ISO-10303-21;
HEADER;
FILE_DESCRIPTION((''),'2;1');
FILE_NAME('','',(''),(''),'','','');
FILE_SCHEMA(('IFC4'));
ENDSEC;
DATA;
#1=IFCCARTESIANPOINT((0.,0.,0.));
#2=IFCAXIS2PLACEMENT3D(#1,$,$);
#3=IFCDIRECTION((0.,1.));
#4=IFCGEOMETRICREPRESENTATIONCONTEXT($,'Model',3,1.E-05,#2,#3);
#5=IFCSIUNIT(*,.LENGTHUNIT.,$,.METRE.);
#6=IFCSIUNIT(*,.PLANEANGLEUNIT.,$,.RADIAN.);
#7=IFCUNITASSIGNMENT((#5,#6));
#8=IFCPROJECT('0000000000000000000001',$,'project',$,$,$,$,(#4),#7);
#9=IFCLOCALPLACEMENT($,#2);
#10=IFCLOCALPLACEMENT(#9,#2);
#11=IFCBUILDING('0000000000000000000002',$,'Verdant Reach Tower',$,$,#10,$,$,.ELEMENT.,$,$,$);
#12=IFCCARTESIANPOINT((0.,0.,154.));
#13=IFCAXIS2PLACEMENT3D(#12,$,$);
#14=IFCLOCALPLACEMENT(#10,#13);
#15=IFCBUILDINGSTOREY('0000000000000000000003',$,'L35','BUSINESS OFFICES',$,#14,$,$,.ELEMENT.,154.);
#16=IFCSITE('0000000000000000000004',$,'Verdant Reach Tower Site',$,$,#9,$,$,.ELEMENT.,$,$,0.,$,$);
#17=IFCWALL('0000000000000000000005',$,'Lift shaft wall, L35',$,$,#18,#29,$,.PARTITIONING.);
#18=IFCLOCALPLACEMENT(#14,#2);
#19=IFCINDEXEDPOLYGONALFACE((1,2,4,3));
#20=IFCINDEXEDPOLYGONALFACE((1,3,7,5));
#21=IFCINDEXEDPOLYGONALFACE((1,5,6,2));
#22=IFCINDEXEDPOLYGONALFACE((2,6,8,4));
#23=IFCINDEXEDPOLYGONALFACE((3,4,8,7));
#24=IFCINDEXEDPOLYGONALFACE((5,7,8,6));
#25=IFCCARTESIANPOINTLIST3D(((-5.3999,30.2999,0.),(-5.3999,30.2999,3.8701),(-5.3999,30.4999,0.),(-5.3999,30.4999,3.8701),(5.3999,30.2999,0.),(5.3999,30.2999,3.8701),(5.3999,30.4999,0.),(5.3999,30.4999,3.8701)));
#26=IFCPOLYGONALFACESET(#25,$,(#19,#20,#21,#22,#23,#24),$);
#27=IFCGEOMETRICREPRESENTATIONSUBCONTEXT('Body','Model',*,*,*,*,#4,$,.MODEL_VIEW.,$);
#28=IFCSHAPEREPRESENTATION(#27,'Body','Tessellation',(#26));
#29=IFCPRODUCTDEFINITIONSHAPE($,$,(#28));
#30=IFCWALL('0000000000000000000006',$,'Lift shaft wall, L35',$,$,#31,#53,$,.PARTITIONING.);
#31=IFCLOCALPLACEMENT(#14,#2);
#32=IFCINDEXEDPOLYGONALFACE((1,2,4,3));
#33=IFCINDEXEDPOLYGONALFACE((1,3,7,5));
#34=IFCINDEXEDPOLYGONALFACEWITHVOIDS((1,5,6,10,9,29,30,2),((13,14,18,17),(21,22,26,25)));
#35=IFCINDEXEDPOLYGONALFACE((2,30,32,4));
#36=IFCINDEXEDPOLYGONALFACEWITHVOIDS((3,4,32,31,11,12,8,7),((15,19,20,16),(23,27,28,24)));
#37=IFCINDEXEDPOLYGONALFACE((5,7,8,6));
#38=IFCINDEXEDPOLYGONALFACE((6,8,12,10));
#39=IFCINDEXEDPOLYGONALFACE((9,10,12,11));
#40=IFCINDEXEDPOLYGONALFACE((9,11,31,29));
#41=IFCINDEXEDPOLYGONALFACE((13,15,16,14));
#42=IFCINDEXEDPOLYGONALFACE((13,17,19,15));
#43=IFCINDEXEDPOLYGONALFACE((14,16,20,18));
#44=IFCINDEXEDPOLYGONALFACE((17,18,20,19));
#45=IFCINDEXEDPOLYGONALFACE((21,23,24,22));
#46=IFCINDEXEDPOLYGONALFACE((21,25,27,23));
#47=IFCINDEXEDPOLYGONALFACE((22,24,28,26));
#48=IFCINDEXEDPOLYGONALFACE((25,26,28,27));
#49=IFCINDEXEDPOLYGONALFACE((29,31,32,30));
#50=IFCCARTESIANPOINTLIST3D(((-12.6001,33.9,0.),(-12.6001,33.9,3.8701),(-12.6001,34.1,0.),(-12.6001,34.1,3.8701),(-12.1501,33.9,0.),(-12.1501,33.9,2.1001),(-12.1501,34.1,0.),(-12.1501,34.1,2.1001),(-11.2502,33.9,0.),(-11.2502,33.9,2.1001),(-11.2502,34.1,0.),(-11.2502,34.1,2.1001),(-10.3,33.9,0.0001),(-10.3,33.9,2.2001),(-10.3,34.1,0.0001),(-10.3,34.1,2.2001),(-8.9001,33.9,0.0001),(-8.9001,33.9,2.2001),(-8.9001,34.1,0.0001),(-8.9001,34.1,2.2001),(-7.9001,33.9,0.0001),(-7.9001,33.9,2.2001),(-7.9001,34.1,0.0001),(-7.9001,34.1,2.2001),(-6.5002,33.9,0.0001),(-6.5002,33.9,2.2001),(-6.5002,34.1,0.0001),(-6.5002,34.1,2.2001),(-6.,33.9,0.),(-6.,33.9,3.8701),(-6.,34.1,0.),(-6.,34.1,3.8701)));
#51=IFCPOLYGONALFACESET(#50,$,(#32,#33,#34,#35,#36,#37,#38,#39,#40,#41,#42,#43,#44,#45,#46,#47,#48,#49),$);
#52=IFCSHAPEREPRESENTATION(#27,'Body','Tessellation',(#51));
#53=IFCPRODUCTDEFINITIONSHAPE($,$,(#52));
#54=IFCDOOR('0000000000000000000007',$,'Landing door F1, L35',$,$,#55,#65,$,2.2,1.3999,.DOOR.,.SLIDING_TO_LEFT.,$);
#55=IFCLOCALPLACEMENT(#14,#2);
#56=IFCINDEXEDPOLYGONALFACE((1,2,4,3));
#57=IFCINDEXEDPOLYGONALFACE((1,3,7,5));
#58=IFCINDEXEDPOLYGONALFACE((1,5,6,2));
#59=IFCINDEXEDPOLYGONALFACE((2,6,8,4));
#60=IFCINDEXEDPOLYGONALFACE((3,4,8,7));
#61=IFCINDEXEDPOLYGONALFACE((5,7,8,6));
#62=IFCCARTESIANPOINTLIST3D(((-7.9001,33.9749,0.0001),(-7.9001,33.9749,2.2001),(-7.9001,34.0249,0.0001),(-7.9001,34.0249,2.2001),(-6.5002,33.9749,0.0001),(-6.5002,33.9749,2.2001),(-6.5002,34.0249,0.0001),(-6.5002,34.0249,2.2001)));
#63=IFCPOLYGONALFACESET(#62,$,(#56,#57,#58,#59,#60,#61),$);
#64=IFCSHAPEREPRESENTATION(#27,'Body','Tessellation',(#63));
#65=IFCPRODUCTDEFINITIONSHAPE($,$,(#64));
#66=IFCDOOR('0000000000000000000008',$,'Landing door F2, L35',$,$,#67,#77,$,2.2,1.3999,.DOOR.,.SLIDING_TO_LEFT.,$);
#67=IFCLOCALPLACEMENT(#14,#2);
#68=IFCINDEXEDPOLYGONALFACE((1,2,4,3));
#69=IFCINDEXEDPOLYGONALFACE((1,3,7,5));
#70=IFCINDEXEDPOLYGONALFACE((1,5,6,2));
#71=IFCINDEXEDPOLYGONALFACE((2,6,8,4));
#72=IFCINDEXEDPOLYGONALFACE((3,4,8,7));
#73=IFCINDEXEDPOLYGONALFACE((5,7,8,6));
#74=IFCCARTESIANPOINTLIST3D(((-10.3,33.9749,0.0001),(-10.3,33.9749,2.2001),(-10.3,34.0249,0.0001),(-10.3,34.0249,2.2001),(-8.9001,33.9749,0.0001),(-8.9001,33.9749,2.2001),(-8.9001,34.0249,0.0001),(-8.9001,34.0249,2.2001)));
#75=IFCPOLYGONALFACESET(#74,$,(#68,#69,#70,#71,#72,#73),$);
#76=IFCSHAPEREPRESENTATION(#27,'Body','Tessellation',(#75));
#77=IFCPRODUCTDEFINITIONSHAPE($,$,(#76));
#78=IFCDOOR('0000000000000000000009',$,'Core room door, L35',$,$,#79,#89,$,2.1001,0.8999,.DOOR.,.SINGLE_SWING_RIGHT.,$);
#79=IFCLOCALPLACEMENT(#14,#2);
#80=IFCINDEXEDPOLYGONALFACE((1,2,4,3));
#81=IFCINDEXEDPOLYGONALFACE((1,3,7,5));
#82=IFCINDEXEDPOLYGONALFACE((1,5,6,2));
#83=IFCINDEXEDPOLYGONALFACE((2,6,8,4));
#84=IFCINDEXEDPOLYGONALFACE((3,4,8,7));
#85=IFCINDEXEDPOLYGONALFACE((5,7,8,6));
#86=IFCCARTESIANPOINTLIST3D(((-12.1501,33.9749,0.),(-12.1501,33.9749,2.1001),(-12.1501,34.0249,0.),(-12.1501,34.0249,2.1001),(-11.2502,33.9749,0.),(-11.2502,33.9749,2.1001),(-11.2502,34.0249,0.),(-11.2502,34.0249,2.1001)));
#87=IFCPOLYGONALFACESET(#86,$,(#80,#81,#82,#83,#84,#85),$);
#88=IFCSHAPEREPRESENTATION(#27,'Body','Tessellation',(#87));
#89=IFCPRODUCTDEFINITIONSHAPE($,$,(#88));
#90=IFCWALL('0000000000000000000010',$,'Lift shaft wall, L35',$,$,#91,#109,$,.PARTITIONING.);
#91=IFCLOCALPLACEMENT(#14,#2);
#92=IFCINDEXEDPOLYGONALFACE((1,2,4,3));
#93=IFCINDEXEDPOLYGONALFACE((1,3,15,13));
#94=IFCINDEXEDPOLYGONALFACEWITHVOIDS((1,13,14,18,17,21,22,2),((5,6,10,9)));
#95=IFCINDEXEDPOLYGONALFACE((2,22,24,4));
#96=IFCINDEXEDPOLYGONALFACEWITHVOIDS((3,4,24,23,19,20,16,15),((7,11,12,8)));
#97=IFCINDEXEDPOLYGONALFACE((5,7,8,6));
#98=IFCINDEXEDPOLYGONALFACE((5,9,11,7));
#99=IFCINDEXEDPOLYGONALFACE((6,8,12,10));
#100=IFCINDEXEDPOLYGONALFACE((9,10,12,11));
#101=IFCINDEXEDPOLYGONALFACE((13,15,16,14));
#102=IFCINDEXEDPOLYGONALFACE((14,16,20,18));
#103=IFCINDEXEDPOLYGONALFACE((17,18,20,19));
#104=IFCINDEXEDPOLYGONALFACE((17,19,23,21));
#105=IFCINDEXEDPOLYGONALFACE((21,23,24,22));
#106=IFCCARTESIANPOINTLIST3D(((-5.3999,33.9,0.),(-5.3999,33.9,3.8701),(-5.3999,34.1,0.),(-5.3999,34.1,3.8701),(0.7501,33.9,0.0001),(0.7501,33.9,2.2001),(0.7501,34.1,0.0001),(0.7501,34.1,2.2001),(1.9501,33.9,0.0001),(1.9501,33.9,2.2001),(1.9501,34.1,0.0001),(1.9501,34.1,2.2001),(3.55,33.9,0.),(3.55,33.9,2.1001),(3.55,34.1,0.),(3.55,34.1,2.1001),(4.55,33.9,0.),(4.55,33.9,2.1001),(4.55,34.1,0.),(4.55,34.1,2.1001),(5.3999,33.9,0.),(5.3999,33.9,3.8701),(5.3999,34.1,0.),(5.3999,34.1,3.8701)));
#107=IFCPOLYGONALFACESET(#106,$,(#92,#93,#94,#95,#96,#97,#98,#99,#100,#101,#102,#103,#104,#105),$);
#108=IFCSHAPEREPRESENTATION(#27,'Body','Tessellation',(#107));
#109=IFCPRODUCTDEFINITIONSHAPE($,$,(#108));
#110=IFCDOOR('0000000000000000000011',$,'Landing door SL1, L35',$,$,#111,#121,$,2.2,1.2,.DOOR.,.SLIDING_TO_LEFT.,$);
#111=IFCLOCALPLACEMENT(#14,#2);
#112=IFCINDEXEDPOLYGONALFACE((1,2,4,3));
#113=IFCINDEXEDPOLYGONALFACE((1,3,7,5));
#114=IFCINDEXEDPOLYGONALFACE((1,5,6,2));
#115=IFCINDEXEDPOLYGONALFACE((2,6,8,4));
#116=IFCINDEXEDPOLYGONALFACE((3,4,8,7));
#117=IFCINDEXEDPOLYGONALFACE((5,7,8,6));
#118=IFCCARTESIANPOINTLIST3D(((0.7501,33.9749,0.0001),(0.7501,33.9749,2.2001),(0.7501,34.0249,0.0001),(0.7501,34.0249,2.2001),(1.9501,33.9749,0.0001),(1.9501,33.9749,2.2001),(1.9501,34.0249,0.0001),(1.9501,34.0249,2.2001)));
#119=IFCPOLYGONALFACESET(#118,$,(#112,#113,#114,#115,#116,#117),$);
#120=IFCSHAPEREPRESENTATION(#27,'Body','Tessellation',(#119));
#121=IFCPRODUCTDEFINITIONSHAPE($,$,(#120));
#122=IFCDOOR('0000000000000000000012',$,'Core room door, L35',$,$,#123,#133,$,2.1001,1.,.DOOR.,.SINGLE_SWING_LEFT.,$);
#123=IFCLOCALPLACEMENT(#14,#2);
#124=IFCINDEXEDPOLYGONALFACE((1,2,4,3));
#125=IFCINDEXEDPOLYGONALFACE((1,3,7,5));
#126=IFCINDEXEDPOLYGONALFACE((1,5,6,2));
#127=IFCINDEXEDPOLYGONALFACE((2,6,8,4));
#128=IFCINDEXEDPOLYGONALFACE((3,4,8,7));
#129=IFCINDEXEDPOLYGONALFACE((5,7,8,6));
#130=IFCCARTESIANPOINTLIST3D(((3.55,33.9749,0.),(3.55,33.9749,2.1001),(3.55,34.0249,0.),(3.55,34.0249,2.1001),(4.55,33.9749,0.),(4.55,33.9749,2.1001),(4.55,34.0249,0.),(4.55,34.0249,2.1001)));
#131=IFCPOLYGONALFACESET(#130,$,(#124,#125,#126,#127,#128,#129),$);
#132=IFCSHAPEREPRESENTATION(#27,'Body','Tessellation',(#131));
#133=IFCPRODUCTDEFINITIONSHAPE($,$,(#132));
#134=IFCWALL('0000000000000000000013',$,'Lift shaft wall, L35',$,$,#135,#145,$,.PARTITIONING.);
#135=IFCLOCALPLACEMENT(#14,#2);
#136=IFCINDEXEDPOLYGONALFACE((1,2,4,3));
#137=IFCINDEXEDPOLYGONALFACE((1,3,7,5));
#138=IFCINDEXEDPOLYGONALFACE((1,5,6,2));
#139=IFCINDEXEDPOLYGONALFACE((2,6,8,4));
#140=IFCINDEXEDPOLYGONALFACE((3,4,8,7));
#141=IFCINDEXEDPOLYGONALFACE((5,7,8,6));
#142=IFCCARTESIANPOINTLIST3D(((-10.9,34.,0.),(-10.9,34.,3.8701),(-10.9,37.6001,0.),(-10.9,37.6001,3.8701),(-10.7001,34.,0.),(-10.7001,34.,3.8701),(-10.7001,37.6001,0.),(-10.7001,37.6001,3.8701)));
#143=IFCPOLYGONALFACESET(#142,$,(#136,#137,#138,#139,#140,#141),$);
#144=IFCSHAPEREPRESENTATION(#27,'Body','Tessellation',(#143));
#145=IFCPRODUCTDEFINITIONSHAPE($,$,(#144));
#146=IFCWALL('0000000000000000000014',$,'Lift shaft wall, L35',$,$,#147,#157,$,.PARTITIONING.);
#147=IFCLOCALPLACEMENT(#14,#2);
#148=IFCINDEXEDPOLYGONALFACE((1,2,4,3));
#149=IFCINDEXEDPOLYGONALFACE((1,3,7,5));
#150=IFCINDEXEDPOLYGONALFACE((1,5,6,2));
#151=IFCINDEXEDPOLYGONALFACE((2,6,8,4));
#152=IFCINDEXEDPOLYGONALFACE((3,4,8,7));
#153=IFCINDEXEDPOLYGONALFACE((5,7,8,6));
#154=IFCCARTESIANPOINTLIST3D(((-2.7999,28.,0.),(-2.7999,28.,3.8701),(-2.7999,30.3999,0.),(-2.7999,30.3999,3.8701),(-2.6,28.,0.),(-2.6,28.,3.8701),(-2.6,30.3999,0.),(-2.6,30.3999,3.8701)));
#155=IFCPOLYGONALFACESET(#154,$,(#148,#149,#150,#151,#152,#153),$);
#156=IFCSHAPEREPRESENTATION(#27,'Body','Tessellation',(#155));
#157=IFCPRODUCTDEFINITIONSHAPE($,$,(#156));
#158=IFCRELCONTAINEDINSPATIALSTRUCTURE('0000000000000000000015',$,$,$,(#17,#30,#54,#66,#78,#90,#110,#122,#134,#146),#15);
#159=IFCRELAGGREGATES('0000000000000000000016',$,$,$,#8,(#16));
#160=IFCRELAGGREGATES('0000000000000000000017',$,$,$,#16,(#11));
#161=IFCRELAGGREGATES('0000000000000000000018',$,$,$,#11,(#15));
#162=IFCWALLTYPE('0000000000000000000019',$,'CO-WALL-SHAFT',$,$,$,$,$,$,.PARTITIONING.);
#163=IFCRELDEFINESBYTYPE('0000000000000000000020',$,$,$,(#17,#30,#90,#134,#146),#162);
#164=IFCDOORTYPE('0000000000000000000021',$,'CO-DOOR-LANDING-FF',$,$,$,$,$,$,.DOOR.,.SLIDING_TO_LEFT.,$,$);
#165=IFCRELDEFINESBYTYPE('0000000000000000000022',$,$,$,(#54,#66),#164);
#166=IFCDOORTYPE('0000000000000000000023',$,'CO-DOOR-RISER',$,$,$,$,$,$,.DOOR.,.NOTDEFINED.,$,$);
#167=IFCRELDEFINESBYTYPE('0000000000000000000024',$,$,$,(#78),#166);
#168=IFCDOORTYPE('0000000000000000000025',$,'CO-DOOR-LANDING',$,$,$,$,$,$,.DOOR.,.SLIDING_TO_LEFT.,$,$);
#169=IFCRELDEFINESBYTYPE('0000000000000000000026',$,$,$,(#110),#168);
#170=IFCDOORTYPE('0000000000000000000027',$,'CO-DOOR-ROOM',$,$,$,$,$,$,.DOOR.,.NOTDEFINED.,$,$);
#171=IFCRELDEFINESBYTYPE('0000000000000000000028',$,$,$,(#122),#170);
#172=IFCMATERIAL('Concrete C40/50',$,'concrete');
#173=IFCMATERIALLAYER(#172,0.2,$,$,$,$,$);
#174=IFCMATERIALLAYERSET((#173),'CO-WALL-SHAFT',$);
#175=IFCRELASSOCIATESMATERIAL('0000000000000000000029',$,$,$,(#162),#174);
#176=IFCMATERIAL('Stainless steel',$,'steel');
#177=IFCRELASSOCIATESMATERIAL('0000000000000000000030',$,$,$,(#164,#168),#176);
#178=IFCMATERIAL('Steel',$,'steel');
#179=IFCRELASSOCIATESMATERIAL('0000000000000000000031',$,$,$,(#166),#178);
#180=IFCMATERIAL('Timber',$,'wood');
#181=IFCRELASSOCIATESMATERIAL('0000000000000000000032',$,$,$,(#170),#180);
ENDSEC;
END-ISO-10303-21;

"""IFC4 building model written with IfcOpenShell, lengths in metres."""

from ifc_helpers import new_model, si_unit, direction, frame, frame_2d, origin, place, context, subcontext, project, spatial, rectangle, extrude, material, layer, layer_set, type_object, element, fill, save


model = new_model("IFC4")

# Units and contexts
model_context = context("Model", 3, precision=1e-05, world=origin(), true_north=direction((0.0, 1.0)))
body_context = subcontext(model_context, "Body", "Model", "MODEL_VIEW")
ifc_project = project(units=[si_unit("LENGTHUNIT", "METRE"), si_unit("PLANEANGLEUNIT", "RADIAN")], contexts=[model_context])

# Site, building, storey
site_placement = place(None, origin())
site = spatial("IfcSite", under=ifc_project, at=site_placement, Name="Verdant Reach Tower Site", CompositionType="ELEMENT", RefElevation=0.0)
building_placement = place(site_placement, origin())
building = spatial("IfcBuilding", under=site, at=building_placement, Name="Verdant Reach Tower", CompositionType="ELEMENT")
storey_placement = place(building_placement, frame((0.0, 0.0, 154.0)))
storey = spatial("IfcBuildingStorey", under=building, at=storey_placement, Name="L35", Description="BUSINESS OFFICES", CompositionType="ELEMENT", Elevation=154.0)

# Wall
ifc_material_1 = material(Name="Concrete C40/50", Category="concrete")
ifc_layer_1 = layer(ifc_material_1, 0.2)
ifc_layer_set_1 = layer_set([ifc_layer_1], Name="CO-WALL-SHAFT")
wall_type_1 = type_object("IfcWallType", Name="CO-WALL-SHAFT", PredefinedType="PARTITIONING", material=ifc_layer_set_1)
wall_1_placement = place(storey_placement, frame((-5.3999, 30.3999, 0.0), z_axis=(0.0, 0.0, 1.0), x_axis=(1.0, 0.0, 0.0)))
element("IfcWall", 1, at=wall_1_placement, inside=storey, type_object=wall_type_1, Name="Lift shaft wall, L35", PredefinedType="PARTITIONING", context=body_context, shape_type="SweptSolid", body=[
    extrude(rectangle(XDim=10.7998, YDim=0.2, at=frame_2d((5.3999, 0.0))), origin(), (0.0, 0.0, 1.0), 3.8701),
])

# Walls, openings, doors
wall_2_placement = place(storey_placement, frame((-12.6001, 34.0, 0.0), z_axis=(0.0, 0.0, 1.0), x_axis=(1.0, 0.0, 0.0)))
wall_2 = element("IfcWall", 2, at=wall_2_placement, inside=storey, type_object=wall_type_1, Name="Lift shaft wall, L35", PredefinedType="PARTITIONING", context=body_context, shape_type="SweptSolid", body=[
    extrude(rectangle(XDim=6.6001, YDim=0.2, at=frame_2d((3.3, 0.0))), origin(), (0.0, 0.0, 1.0), 3.8701),
])
opening_1_placement = place(wall_2_placement, frame((4.7, 0.0, 0.0)))
opening_1 = element("IfcOpeningElement", 3, at=opening_1_placement, cuts=wall_2, PredefinedType="OPENING", context=body_context, shape_type="SweptSolid", body=[
    extrude(rectangle(XDim=1.3999, YDim=2.2, at=frame_2d((0.7, 1.1001))), frame((0.0, 0.1099, 0.0), z_axis=(0.0, -1.0, 0.0), x_axis=(1.0, 0.0, 0.0)), (0.0, 0.0, 1.0), 0.22),
])
opening_2_placement = place(wall_2_placement, frame((2.3, 0.0, 0.0)))
opening_2 = element("IfcOpeningElement", 4, at=opening_2_placement, cuts=wall_2, PredefinedType="OPENING", context=body_context, shape_type="SweptSolid", body=[
    extrude(rectangle(XDim=1.3999, YDim=2.2, at=frame_2d((0.7, 1.1001))), frame((0.0, 0.1099, 0.0), z_axis=(0.0, -1.0, 0.0), x_axis=(1.0, 0.0, 0.0)), (0.0, 0.0, 1.0), 0.22),
])
opening_3_placement = place(wall_2_placement, frame((0.45, 0.0, 0.0)))
opening_3 = element("IfcOpeningElement", 5, at=opening_3_placement, cuts=wall_2, PredefinedType="OPENING", context=body_context, shape_type="SweptSolid", body=[
    extrude(rectangle(XDim=0.8999, YDim=2.1001, at=frame_2d((0.45, 1.05))), frame((0.0, 0.1099, 0.0), z_axis=(0.0, -1.0, 0.0), x_axis=(1.0, 0.0, 0.0)), (0.0, 0.0, 1.0), 0.22),
])
ifc_material_2 = material(Name="Stainless steel", Category="steel")
door_type_1 = type_object("IfcDoorType", Name="CO-DOOR-LANDING-FF", OperationType="SLIDING_TO_LEFT", PredefinedType="DOOR", material=ifc_material_2)
door_1_placement = place(opening_1_placement, origin())
door_1 = element("IfcDoor", 6, at=door_1_placement, inside=storey, type_object=door_type_1, Name="Landing door F1, L35", OperationType="SLIDING_TO_LEFT", OverallHeight=2.2, OverallWidth=1.3999, PredefinedType="DOOR", context=body_context, shape_type="SweptSolid", body=[
    extrude(rectangle(XDim=1.3999, YDim=2.2, at=frame_2d((0.7, 1.1001))), frame((0.0, 0.0249, 0.0), z_axis=(0.0, -1.0, 0.0), x_axis=(1.0, 0.0, 0.0)), (0.0, 0.0, 1.0), 0.05),
])
fill(opening_1, door_1)
door_2_placement = place(opening_2_placement, origin())
door_2 = element("IfcDoor", 7, at=door_2_placement, inside=storey, type_object=door_type_1, Name="Landing door F2, L35", OperationType="SLIDING_TO_LEFT", OverallHeight=2.2, OverallWidth=1.3999, PredefinedType="DOOR", context=body_context, shape_type="SweptSolid", body=[
    extrude(rectangle(XDim=1.3999, YDim=2.2, at=frame_2d((0.7, 1.1001))), frame((0.0, 0.0249, 0.0), z_axis=(0.0, -1.0, 0.0), x_axis=(1.0, 0.0, 0.0)), (0.0, 0.0, 1.0), 0.05),
])
fill(opening_2, door_2)
ifc_material_3 = material(Name="Steel", Category="steel")
door_type_2 = type_object("IfcDoorType", Name="CO-DOOR-RISER", OperationType="NOTDEFINED", PredefinedType="DOOR", material=ifc_material_3)
door_3_placement = place(opening_3_placement, origin())
door_3 = element("IfcDoor", 8, at=door_3_placement, inside=storey, type_object=door_type_2, Name="Core room door, L35", OperationType="SINGLE_SWING_RIGHT", OverallHeight=2.1001, OverallWidth=0.8999, PredefinedType="DOOR", context=body_context, shape_type="SweptSolid", body=[
    extrude(rectangle(XDim=0.8999, YDim=2.1001, at=frame_2d((0.45, 1.05))), frame((0.0, 0.0249, 0.0), z_axis=(0.0, -1.0, 0.0), x_axis=(1.0, 0.0, 0.0)), (0.0, 0.0, 1.0), 0.05),
])
fill(opening_3, door_3)
wall_3_placement = place(storey_placement, frame((-5.3999, 34.0, 0.0), z_axis=(0.0, 0.0, 1.0), x_axis=(1.0, 0.0, 0.0)))
wall_3 = element("IfcWall", 9, at=wall_3_placement, inside=storey, type_object=wall_type_1, Name="Lift shaft wall, L35", PredefinedType="PARTITIONING", context=body_context, shape_type="SweptSolid", body=[
    extrude(rectangle(XDim=10.7998, YDim=0.2, at=frame_2d((5.3999, 0.0))), origin(), (0.0, 0.0, 1.0), 3.8701),
])
opening_4_placement = place(wall_3_placement, frame((6.1499, 0.0, 0.0)))
opening_4 = element("IfcOpeningElement", 10, at=opening_4_placement, cuts=wall_3, PredefinedType="OPENING", context=body_context, shape_type="SweptSolid", body=[
    extrude(rectangle(XDim=1.2, YDim=2.2, at=frame_2d((0.6001, 1.1001))), frame((0.0, 0.1099, 0.0), z_axis=(0.0, -1.0, 0.0), x_axis=(1.0, 0.0, 0.0)), (0.0, 0.0, 1.0), 0.22),
])
opening_5_placement = place(wall_3_placement, frame((8.95, 0.0, 0.0)))
opening_5 = element("IfcOpeningElement", 11, at=opening_5_placement, cuts=wall_3, PredefinedType="OPENING", context=body_context, shape_type="SweptSolid", body=[
    extrude(rectangle(XDim=1.0, YDim=2.1001, at=frame_2d((0.5, 1.05))), frame((0.0, 0.1099, 0.0), z_axis=(0.0, -1.0, 0.0), x_axis=(1.0, 0.0, 0.0)), (0.0, 0.0, 1.0), 0.22),
])
door_type_3 = type_object("IfcDoorType", Name="CO-DOOR-LANDING", OperationType="SLIDING_TO_LEFT", PredefinedType="DOOR", material=ifc_material_2)
door_4_placement = place(opening_4_placement, origin())
door_4 = element("IfcDoor", 12, at=door_4_placement, inside=storey, type_object=door_type_3, Name="Landing door SL1, L35", OperationType="SLIDING_TO_LEFT", OverallHeight=2.2, OverallWidth=1.2, PredefinedType="DOOR", context=body_context, shape_type="SweptSolid", body=[
    extrude(rectangle(XDim=1.2, YDim=2.2, at=frame_2d((0.6001, 1.1001))), frame((0.0, 0.0249, 0.0), z_axis=(0.0, -1.0, 0.0), x_axis=(1.0, 0.0, 0.0)), (0.0, 0.0, 1.0), 0.05),
])
fill(opening_4, door_4)
ifc_material_4 = material(Name="Timber", Category="wood")
door_type_4 = type_object("IfcDoorType", Name="CO-DOOR-ROOM", OperationType="NOTDEFINED", PredefinedType="DOOR", material=ifc_material_4)
door_5_placement = place(opening_5_placement, origin())
door_5 = element("IfcDoor", 13, at=door_5_placement, inside=storey, type_object=door_type_4, Name="Core room door, L35", OperationType="SINGLE_SWING_LEFT", OverallHeight=2.1001, OverallWidth=1.0, PredefinedType="DOOR", context=body_context, shape_type="SweptSolid", body=[
    extrude(rectangle(XDim=1.0, YDim=2.1001, at=frame_2d((0.5, 1.05))), frame((0.0, 0.0249, 0.0), z_axis=(0.0, -1.0, 0.0), x_axis=(1.0, 0.0, 0.0)), (0.0, 0.0, 1.0), 0.05),
])
fill(opening_5, door_5)

# Walls
wall_4_placement = place(storey_placement, frame((-10.8, 34.0, 0.0), z_axis=(0.0, 0.0, 1.0), x_axis=(0.0, 1.0, 0.0)))
element("IfcWall", 14, at=wall_4_placement, inside=storey, type_object=wall_type_1, Name="Lift shaft wall, L35", PredefinedType="PARTITIONING", context=body_context, shape_type="SweptSolid", body=[
    extrude(rectangle(XDim=3.6001, YDim=0.2, at=frame_2d((1.8, 0.0))), origin(), (0.0, 0.0, 1.0), 3.8701),
])
wall_5_placement = place(storey_placement, frame((-2.7, 28.0, 0.0), z_axis=(0.0, 0.0, 1.0), x_axis=(0.0, 1.0, 0.0)))
element("IfcWall", 15, at=wall_5_placement, inside=storey, type_object=wall_type_1, Name="Lift shaft wall, L35", PredefinedType="PARTITIONING", context=body_context, shape_type="SweptSolid", body=[
    extrude(rectangle(XDim=2.3999, YDim=0.2, at=frame_2d((1.2, 0.0))), origin(), (0.0, 0.0, 1.0), 3.8701),
])

save(model, "model.ifc")
